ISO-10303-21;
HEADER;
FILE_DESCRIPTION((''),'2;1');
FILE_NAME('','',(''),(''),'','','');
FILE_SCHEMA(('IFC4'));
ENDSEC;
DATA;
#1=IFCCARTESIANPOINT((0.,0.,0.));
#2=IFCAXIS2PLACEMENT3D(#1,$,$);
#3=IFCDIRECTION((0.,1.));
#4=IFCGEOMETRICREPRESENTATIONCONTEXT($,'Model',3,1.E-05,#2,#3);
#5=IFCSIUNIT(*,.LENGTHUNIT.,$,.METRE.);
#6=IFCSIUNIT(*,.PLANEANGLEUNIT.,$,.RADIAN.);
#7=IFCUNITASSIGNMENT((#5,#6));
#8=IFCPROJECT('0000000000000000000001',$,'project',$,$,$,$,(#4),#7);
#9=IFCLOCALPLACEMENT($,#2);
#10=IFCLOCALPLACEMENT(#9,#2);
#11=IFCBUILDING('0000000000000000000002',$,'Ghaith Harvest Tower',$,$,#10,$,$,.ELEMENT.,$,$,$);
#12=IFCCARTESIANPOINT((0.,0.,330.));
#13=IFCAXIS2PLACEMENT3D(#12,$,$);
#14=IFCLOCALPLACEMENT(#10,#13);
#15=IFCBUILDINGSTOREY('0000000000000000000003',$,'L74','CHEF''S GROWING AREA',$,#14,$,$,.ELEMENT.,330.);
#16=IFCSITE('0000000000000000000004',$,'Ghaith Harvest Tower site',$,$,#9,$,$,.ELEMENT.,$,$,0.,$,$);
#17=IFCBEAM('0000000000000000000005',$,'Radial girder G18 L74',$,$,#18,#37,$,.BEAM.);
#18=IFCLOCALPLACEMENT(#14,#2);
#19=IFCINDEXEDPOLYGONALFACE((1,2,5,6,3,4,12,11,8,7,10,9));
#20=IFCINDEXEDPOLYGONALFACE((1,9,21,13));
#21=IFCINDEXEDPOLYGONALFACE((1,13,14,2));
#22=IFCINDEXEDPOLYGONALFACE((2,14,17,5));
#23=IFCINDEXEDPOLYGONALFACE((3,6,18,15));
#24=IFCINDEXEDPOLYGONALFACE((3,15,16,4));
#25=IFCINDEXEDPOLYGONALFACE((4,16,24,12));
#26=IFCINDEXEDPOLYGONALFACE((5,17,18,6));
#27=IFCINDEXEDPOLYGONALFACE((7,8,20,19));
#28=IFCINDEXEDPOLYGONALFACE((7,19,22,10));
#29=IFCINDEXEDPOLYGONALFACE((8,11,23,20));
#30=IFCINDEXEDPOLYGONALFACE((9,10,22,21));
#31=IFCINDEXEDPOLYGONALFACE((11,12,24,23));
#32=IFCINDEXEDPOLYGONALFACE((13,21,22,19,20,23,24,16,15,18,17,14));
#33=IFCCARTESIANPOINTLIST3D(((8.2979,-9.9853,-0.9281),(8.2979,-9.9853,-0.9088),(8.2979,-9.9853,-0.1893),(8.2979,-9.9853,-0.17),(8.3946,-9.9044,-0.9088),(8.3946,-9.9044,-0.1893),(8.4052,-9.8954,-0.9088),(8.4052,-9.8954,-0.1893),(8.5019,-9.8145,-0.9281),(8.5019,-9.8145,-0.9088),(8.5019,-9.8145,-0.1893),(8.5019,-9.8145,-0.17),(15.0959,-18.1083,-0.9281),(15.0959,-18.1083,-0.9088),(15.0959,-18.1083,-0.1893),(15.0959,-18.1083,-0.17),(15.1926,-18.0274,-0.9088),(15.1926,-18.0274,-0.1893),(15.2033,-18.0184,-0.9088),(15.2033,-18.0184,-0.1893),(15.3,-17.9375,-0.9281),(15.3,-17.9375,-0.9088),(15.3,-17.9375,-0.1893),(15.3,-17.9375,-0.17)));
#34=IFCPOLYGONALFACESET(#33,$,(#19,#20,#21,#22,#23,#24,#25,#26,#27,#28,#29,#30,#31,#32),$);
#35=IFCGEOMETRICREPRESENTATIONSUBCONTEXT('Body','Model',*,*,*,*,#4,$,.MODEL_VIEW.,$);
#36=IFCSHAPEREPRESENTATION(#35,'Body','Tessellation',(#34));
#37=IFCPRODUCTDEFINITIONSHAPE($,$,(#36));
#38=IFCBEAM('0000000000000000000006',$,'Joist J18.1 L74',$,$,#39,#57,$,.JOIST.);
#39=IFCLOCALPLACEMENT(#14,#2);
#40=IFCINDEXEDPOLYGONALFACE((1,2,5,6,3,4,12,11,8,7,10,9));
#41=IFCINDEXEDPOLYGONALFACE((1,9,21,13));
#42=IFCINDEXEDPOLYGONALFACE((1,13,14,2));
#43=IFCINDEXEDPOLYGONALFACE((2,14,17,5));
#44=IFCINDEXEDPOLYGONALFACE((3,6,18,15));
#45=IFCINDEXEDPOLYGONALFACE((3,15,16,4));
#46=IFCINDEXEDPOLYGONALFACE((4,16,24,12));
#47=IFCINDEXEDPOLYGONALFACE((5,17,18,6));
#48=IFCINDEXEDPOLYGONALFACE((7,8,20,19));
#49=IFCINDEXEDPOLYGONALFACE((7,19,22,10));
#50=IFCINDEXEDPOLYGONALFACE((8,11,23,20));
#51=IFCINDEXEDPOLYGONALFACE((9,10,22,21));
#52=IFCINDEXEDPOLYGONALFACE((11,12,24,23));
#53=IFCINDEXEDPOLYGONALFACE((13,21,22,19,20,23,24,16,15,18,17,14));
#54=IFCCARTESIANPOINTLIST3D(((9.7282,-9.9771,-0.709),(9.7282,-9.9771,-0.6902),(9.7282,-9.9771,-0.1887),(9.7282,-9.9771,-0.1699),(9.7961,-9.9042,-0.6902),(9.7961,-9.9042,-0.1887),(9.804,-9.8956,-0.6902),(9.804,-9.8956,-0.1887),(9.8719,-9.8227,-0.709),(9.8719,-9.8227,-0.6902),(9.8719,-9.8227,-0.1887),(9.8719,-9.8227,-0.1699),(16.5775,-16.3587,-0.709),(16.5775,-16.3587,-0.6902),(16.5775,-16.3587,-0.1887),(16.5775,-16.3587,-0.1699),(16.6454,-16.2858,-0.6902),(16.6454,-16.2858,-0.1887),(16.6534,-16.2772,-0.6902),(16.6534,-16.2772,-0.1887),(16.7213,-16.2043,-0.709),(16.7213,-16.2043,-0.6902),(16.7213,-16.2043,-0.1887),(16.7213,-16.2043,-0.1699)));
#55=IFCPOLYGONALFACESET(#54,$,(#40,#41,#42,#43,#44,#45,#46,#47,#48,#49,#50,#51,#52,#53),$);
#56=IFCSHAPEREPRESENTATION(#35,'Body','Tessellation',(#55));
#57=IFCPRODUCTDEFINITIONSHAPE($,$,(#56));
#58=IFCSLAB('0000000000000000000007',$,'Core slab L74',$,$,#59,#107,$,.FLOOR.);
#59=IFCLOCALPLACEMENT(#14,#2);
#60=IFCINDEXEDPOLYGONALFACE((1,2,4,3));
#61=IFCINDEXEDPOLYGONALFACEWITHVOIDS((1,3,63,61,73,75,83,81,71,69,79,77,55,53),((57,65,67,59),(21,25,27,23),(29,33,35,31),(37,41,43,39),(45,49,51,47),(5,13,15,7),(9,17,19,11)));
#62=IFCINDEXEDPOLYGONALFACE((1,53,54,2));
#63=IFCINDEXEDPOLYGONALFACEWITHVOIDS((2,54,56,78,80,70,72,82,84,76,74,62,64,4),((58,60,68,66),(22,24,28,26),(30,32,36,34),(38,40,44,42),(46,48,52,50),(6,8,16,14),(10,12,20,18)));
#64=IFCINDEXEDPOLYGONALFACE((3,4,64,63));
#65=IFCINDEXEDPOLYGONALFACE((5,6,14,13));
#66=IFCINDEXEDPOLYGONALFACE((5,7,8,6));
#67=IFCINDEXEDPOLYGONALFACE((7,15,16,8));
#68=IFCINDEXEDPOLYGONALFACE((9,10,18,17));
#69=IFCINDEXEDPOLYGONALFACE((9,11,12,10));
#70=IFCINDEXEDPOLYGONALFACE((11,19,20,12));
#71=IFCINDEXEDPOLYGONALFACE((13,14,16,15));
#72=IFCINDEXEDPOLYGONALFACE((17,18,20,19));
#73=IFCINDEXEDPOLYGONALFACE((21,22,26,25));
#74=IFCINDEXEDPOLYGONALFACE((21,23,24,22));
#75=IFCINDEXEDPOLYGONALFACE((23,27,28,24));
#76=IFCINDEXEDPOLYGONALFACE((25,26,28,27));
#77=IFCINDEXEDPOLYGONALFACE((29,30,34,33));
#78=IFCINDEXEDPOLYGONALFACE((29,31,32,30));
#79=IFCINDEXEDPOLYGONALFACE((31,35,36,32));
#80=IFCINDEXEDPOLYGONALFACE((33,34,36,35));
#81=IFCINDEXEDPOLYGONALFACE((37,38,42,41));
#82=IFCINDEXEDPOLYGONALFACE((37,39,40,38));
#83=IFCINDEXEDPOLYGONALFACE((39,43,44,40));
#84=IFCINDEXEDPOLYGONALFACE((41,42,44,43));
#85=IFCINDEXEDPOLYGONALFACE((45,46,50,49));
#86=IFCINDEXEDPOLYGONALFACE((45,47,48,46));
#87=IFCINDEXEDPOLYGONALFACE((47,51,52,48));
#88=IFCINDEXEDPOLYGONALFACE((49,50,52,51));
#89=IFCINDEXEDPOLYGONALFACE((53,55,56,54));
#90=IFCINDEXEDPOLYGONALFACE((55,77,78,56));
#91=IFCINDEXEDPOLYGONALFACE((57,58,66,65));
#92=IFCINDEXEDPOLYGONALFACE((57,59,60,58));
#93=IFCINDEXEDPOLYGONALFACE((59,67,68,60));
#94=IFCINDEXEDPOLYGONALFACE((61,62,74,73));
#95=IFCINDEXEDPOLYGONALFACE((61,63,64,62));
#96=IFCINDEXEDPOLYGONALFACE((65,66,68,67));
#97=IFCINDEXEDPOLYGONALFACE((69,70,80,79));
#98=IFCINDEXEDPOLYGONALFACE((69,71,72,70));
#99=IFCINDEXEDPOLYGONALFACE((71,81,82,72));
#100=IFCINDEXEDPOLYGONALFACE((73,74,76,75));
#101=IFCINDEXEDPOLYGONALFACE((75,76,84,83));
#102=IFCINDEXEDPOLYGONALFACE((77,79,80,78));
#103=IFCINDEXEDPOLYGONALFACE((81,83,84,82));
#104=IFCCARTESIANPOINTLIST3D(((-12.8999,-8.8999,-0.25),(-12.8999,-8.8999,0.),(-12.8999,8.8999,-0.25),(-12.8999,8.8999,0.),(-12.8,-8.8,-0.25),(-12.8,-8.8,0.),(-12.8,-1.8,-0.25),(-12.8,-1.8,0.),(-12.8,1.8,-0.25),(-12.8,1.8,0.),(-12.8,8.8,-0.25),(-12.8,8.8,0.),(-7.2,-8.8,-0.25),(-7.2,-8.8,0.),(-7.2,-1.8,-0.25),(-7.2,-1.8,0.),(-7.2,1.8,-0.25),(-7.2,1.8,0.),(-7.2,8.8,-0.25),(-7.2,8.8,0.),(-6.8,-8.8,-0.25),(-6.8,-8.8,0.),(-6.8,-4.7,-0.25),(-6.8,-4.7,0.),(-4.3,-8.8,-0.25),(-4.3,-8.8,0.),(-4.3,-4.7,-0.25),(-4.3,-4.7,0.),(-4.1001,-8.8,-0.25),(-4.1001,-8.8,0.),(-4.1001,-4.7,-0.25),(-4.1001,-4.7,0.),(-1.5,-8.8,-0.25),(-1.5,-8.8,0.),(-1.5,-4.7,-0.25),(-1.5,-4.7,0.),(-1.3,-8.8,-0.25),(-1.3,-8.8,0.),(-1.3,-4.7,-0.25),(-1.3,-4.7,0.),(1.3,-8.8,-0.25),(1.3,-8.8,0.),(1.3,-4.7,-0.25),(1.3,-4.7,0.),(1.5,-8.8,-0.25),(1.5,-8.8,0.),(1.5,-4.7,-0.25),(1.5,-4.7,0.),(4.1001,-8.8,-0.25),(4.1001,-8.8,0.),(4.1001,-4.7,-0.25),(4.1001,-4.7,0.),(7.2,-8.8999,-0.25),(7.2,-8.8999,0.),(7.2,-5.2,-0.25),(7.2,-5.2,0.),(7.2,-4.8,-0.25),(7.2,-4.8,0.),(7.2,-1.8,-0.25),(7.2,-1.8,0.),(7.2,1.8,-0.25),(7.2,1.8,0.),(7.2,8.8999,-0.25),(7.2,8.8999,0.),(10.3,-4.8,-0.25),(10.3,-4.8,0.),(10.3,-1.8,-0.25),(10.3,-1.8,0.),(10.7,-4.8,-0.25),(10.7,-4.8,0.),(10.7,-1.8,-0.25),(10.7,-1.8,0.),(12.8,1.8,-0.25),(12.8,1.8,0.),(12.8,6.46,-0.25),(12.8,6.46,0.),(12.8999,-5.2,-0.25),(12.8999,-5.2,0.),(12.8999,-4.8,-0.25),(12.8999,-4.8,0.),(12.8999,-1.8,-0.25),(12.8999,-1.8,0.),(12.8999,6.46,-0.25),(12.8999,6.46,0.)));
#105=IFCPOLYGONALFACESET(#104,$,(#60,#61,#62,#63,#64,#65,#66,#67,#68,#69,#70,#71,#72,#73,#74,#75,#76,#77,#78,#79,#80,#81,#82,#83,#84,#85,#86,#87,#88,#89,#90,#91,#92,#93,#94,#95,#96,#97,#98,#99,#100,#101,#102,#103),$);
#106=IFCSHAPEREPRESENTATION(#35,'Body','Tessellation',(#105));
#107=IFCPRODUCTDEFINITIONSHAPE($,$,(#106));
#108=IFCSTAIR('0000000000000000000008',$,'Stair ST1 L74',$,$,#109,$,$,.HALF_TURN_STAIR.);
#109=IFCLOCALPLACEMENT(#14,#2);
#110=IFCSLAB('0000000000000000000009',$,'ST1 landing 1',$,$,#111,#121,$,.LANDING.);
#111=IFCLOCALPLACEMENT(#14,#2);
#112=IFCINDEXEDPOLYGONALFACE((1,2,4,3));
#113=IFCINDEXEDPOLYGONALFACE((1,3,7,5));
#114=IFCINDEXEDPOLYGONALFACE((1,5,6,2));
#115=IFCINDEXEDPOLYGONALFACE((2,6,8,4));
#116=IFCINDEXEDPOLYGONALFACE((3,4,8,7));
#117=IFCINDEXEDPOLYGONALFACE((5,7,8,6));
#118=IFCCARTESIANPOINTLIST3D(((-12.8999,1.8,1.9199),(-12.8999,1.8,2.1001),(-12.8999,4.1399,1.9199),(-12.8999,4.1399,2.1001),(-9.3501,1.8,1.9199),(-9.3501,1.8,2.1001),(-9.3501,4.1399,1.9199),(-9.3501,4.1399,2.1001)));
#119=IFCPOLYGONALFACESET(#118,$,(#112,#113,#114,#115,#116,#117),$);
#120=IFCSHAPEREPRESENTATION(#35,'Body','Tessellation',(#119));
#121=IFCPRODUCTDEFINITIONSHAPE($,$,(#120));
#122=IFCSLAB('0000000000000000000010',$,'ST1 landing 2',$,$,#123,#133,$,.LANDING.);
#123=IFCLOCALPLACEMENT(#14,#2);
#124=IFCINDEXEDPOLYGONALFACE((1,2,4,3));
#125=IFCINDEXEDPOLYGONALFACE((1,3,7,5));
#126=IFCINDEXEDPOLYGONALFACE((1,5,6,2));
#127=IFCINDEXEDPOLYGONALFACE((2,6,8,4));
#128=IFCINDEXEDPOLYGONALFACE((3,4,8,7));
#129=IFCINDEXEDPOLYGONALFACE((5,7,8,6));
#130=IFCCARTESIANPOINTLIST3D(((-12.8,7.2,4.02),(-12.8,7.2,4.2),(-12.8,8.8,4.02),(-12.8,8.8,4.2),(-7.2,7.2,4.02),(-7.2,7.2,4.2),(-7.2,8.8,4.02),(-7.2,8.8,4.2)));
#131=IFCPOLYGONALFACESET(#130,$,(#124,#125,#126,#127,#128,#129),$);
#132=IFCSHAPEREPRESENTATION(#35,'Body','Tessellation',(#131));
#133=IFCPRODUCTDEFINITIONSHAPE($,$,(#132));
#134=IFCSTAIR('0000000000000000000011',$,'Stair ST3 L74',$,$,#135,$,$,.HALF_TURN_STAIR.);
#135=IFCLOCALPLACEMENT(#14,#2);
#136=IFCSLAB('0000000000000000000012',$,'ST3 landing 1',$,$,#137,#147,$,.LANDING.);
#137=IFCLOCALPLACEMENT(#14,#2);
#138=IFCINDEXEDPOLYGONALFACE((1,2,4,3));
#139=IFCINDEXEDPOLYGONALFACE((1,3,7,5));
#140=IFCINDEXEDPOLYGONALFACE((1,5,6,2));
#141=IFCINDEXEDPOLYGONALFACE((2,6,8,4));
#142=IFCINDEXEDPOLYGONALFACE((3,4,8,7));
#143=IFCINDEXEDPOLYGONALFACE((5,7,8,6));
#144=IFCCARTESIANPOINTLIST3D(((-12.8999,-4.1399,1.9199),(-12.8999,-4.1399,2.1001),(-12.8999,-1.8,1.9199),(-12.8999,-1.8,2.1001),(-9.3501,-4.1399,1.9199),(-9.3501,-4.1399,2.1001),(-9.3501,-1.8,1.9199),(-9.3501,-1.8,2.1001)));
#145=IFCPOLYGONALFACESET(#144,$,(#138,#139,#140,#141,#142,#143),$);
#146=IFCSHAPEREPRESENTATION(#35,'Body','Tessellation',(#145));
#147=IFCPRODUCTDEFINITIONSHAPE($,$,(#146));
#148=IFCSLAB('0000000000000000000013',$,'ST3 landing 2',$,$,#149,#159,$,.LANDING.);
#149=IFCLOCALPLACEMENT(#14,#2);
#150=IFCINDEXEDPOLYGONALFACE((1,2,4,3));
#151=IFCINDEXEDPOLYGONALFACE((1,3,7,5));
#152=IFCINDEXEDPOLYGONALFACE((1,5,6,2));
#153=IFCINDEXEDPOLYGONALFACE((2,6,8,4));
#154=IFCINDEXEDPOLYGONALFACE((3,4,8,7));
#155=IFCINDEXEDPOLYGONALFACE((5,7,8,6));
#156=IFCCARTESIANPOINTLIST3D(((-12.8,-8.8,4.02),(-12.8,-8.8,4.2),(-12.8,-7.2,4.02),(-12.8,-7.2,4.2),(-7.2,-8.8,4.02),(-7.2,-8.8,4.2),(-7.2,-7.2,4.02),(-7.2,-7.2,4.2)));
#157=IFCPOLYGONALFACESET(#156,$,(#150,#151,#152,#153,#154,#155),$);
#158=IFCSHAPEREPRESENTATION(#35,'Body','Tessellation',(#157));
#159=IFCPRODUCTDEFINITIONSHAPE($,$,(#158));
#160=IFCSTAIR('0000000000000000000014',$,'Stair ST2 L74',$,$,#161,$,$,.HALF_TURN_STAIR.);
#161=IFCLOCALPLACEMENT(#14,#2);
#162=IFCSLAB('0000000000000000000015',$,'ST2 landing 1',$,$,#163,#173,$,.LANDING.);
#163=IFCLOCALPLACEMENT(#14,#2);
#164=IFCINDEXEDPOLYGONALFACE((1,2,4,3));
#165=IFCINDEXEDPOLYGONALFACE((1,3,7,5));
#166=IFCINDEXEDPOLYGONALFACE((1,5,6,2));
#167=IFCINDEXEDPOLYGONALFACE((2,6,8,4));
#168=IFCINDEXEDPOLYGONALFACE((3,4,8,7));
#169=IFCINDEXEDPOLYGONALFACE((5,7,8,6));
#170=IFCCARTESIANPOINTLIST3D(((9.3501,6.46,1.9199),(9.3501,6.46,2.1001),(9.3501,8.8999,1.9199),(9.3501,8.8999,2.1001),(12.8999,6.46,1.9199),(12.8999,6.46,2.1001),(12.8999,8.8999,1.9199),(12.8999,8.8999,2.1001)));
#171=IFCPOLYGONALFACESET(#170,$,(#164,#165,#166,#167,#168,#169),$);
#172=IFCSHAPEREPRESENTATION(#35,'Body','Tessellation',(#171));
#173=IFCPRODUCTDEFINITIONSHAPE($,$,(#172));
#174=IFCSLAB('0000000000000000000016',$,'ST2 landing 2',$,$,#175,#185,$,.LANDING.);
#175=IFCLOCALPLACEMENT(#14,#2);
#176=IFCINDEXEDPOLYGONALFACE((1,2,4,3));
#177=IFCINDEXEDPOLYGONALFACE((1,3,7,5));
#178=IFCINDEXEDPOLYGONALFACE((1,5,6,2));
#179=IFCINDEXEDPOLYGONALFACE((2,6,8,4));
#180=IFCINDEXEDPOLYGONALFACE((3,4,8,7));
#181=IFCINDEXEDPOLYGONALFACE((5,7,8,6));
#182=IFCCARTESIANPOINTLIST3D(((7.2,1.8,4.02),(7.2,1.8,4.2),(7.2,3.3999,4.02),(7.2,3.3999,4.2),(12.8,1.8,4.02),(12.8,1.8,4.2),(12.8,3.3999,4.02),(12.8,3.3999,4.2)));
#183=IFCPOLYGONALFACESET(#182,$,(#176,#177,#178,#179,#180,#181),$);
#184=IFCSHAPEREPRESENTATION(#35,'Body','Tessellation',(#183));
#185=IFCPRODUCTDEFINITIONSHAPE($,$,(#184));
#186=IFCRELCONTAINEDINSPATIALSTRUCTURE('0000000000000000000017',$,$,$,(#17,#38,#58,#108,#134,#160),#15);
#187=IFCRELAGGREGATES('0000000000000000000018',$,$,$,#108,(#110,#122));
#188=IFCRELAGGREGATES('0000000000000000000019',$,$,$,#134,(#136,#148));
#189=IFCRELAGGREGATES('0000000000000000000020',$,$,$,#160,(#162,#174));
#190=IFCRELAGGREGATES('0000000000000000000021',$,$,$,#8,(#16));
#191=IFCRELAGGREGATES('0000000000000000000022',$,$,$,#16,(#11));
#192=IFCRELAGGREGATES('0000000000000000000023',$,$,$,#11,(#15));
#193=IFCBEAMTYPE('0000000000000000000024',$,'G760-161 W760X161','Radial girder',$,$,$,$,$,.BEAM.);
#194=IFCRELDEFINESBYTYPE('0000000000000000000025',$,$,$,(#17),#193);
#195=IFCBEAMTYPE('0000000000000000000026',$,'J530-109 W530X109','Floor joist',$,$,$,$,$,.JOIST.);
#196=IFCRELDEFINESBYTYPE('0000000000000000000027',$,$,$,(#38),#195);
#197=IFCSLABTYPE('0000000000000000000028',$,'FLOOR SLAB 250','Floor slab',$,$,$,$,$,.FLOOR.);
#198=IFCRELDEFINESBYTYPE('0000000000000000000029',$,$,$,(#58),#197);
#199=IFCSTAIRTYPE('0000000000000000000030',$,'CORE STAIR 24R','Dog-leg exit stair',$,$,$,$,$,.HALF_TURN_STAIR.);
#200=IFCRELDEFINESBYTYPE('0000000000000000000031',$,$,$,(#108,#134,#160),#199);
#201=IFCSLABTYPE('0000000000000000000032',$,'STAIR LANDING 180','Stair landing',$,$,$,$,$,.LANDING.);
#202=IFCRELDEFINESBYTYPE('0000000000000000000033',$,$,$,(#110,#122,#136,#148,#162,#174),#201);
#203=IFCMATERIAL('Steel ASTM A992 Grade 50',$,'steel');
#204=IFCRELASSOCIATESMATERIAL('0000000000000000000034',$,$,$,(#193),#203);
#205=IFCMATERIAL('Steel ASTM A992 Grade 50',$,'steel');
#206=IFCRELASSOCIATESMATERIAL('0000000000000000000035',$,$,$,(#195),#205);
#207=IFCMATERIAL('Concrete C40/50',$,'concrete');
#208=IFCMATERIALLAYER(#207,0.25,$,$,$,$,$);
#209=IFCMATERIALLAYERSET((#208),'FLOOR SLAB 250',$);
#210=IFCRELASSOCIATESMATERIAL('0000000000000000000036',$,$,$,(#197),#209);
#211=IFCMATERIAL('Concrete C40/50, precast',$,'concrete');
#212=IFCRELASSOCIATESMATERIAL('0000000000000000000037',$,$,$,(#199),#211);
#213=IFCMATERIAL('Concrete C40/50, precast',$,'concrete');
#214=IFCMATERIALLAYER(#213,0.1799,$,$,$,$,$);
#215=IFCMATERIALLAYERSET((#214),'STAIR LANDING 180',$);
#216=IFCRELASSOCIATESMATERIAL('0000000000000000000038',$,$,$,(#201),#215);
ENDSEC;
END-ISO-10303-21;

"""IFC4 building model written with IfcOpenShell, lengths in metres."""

from ifc_helpers import new_model, si_unit, direction, frame, origin, origin_2d, place, context, subcontext, project, spatial, polyline, i_section, outline, extrude, material, layer, layer_set, material_profile, profile_set, type_object, element, aggregate, save


model = new_model("IFC4")

# Units and contexts
model_context = context("Model", 3, precision=1e-05, world=origin(), true_north=direction((0.0, 1.0)))
body_context = subcontext(model_context, "Body", "Model", "MODEL_VIEW")
ifc_project = project(units=[si_unit("LENGTHUNIT", "METRE"), si_unit("PLANEANGLEUNIT", "RADIAN")], contexts=[model_context])

# Site, building, storey
site_placement = place(None, origin())
site = spatial("IfcSite", under=ifc_project, at=site_placement, Name="Ghaith Harvest Tower site", CompositionType="ELEMENT", RefElevation=0.0)
building_placement = place(site_placement, origin())
building = spatial("IfcBuilding", under=site, at=building_placement, Name="Ghaith Harvest Tower", CompositionType="ELEMENT")
storey_placement = place(building_placement, frame((0.0, 0.0, 330.0)))
storey = spatial("IfcBuildingStorey", under=building, at=storey_placement, Name="L74", Description="CHEF'S GROWING AREA", CompositionType="ELEMENT", Elevation=330.0)

# Beams
ifc_material_1 = material(Name="Steel ASTM A992 Grade 50", Category="steel")
ifc_material_profile_1 = material_profile(ifc_material_1, i_section(OverallWidth=0.2661, OverallDepth=0.7581, WebThickness=0.0139, FlangeThickness=0.0193, at=origin_2d()), Name="W760X161")
ifc_profile_set_1 = profile_set([ifc_material_profile_1], Name="Steel ASTM A992 Grade 50")
beam_type_1 = type_object("IfcBeamType", Name="G760-161 W760X161", Description="Radial girder", PredefinedType="BEAM", material=ifc_profile_set_1)
beam_1_placement = place(storey_placement, frame((8.3999, -9.8999, -0.5491), z_axis=(0.641793, -0.766878, 0.0), x_axis=(0.766878, 0.641793, 0.0)))
element("IfcBeam", 1, at=beam_1_placement, inside=storey, type_object=beam_type_1, Name="Radial girder G18 L74", PredefinedType="BEAM", context=body_context, shape_type="SweptSolid", body=[
    extrude(i_section(OverallWidth=0.2661, OverallDepth=0.7581, WebThickness=0.0139, FlangeThickness=0.0193, at=origin_2d()), origin(), (0.0, 0.0, 1.0), 10.5923),
])
ifc_material_2 = material(Name="Steel ASTM A992 Grade 50", Category="steel")
ifc_material_profile_2 = material_profile(ifc_material_2, i_section(OverallWidth=0.2109, OverallDepth=0.5391, WebThickness=0.0117, FlangeThickness=0.0188, at=origin_2d()), Name="W530X109")
ifc_profile_set_2 = profile_set([ifc_material_profile_2], Name="Steel ASTM A992 Grade 50")
beam_type_2 = type_object("IfcBeamType", Name="J530-109 W530X109", Description="Floor joist", PredefinedType="JOIST", material=ifc_profile_set_2)
beam_2_placement = place(storey_placement, frame((9.8, -9.8999, -0.4395), z_axis=(0.731649, -0.681682, 0.0), x_axis=(0.681682, 0.731649, 0.0)))
element("IfcBeam", 2, at=beam_2_placement, inside=storey, type_object=beam_type_2, Name="Joist J18.1 L74", PredefinedType="JOIST", context=body_context, shape_type="SweptSolid", body=[
    extrude(i_section(OverallWidth=0.2109, OverallDepth=0.5391, WebThickness=0.0117, FlangeThickness=0.0188, at=origin_2d()), origin(), (0.0, 0.0, 1.0), 9.3616),
])

# Slab
ifc_material_3 = material(Name="Concrete C40/50", Category="concrete")
ifc_layer_1 = layer(ifc_material_3, 0.25)
ifc_layer_set_1 = layer_set([ifc_layer_1], Name="FLOOR SLAB 250")
slab_type_1 = type_object("IfcSlabType", Name="FLOOR SLAB 250", Description="Floor slab", PredefinedType="FLOOR", material=ifc_layer_set_1)
slab_1_placement = place(storey_placement, frame((0.0, 0.0, -0.25)))
element("IfcSlab", 3, at=slab_1_placement, inside=storey, type_object=slab_type_1, Name="Core slab L74", PredefinedType="FLOOR", context=body_context, shape_type="SweptSolid", body=[
    extrude(outline(polyline([(-12.8999, 8.8999), (7.2, 8.8999), (7.2, 1.8), (12.8, 1.8), (12.8, 6.46), (12.8999, 6.46), (12.8999, -1.8), (10.7, -1.8), (10.7, -4.8), (12.8999, -4.8), (12.8999, -5.2), (7.2, -5.2), (7.2, -8.8999), (-12.8999, -8.8999), (-12.8999, 8.8999)]), holes=[polyline([(-4.3, -4.7), (-6.8, -4.7), (-6.8, -8.8), (-4.3, -8.8), (-4.3, -4.7)]), polyline([(-1.5, -4.7), (-4.1001, -4.7), (-4.1001, -8.8), (-1.5, -8.8), (-1.5, -4.7)]), polyline([(1.3, -8.8), (1.3, -4.7), (-1.3, -4.7), (-1.3, -8.8), (1.3, -8.8)]), polyline([(4.1001, -8.8), (4.1001, -4.7), (1.5, -4.7), (1.5, -8.8), (4.1001, -8.8)]), polyline([(-7.2, -1.8), (-12.8, -1.8), (-12.8, -8.8), (-7.2, -8.8), (-7.2, -1.8)]), polyline([(10.3, -1.8), (7.2, -1.8), (7.2, -4.8), (10.3, -4.8), (10.3, -1.8)]), polyline([(-12.8, 1.8), (-7.2, 1.8), (-7.2, 8.8), (-12.8, 8.8), (-12.8, 1.8)])]), origin(), (0.0, 0.0, 1.0), 0.25),
])

# Stairs, slabs
ifc_material_4 = material(Name="Concrete C40/50, precast", Category="concrete")
stair_type = type_object("IfcStairType", Name="CORE STAIR 24R", Description="Dog-leg exit stair", PredefinedType="HALF_TURN_STAIR", material=ifc_material_4)
stair_1_placement = place(storey_placement, origin())
stair_1 = element("IfcStair", 4, at=stair_1_placement, inside=storey, type_object=stair_type, Name="Stair ST1 L74", PredefinedType="HALF_TURN_STAIR")
ifc_material_5 = material(Name="Concrete C40/50, precast", Category="concrete")
ifc_layer_2 = layer(ifc_material_5, 0.1799)
ifc_layer_set_2 = layer_set([ifc_layer_2], Name="STAIR LANDING 180")
slab_type_2 = type_object("IfcSlabType", Name="STAIR LANDING 180", Description="Stair landing", PredefinedType="LANDING", material=ifc_layer_set_2)
slab_2_placement = place(storey_placement, frame((0.0, 0.0, 1.9199)))
slab_2 = element("IfcSlab", 5, at=slab_2_placement, type_object=slab_type_2, Name="ST1 landing 1", PredefinedType="LANDING", context=body_context, shape_type="SweptSolid", body=[
    extrude(outline(polyline([(-12.8999, 4.1399), (-12.8999, 1.8), (-9.3501, 1.8), (-9.3501, 4.1399), (-12.8999, 4.1399)])), origin(), (0.0, 0.0, 1.0), 0.1802),
])
slab_3_placement = place(storey_placement, frame((0.0, 0.0, 4.02)))
slab_3 = element("IfcSlab", 6, at=slab_3_placement, type_object=slab_type_2, Name="ST1 landing 2", PredefinedType="LANDING", context=body_context, shape_type="SweptSolid", body=[
    extrude(outline(polyline([(-12.8, 8.8), (-12.8, 7.2), (-7.2, 7.2), (-7.2, 8.8), (-12.8, 8.8)])), origin(), (0.0, 0.0, 1.0), 0.1799),
])
aggregate(stair_1, [slab_2, slab_3])
stair_2_placement = place(storey_placement, origin())
stair_2 = element("IfcStair", 7, at=stair_2_placement, inside=storey, type_object=stair_type, Name="Stair ST3 L74", PredefinedType="HALF_TURN_STAIR")
slab_4_placement = place(storey_placement, frame((0.0, 0.0, 1.9199)))
slab_4 = element("IfcSlab", 8, at=slab_4_placement, type_object=slab_type_2, Name="ST3 landing 1", PredefinedType="LANDING", context=body_context, shape_type="SweptSolid", body=[
    extrude(outline(polyline([(-12.8999, -4.1399), (-12.8999, -1.8), (-9.3501, -1.8), (-9.3501, -4.1399), (-12.8999, -4.1399)])), origin(), (0.0, 0.0, 1.0), 0.1802),
])
slab_5_placement = place(storey_placement, frame((0.0, 0.0, 4.02)))
slab_5 = element("IfcSlab", 9, at=slab_5_placement, type_object=slab_type_2, Name="ST3 landing 2", PredefinedType="LANDING", context=body_context, shape_type="SweptSolid", body=[
    extrude(outline(polyline([(-12.8, -8.8), (-12.8, -7.2), (-7.2, -7.2), (-7.2, -8.8), (-12.8, -8.8)])), origin(), (0.0, 0.0, 1.0), 0.1799),
])
aggregate(stair_2, [slab_4, slab_5])
stair_3_placement = place(storey_placement, origin())
stair_3 = element("IfcStair", 10, at=stair_3_placement, inside=storey, type_object=stair_type, Name="Stair ST2 L74", PredefinedType="HALF_TURN_STAIR")
slab_6_placement = place(storey_placement, frame((0.0, 0.0, 1.9199)))
slab_6 = element("IfcSlab", 11, at=slab_6_placement, type_object=slab_type_2, Name="ST2 landing 1", PredefinedType="LANDING", context=body_context, shape_type="SweptSolid", body=[
    extrude(outline(polyline([(12.8999, 6.46), (12.8999, 8.8999), (9.3501, 8.8999), (9.3501, 6.46), (12.8999, 6.46)])), origin(), (0.0, 0.0, 1.0), 0.1802),
])
slab_7_placement = place(storey_placement, frame((0.0, 0.0, 4.02)))
slab_7 = element("IfcSlab", 12, at=slab_7_placement, type_object=slab_type_2, Name="ST2 landing 2", PredefinedType="LANDING", context=body_context, shape_type="SweptSolid", body=[
    extrude(outline(polyline([(12.8, 1.8), (12.8, 3.3999), (7.2, 3.3999), (7.2, 1.8), (12.8, 1.8)])), origin(), (0.0, 0.0, 1.0), 0.1799),
])
aggregate(stair_3, [slab_6, slab_7])

save(model, "model.ifc")
